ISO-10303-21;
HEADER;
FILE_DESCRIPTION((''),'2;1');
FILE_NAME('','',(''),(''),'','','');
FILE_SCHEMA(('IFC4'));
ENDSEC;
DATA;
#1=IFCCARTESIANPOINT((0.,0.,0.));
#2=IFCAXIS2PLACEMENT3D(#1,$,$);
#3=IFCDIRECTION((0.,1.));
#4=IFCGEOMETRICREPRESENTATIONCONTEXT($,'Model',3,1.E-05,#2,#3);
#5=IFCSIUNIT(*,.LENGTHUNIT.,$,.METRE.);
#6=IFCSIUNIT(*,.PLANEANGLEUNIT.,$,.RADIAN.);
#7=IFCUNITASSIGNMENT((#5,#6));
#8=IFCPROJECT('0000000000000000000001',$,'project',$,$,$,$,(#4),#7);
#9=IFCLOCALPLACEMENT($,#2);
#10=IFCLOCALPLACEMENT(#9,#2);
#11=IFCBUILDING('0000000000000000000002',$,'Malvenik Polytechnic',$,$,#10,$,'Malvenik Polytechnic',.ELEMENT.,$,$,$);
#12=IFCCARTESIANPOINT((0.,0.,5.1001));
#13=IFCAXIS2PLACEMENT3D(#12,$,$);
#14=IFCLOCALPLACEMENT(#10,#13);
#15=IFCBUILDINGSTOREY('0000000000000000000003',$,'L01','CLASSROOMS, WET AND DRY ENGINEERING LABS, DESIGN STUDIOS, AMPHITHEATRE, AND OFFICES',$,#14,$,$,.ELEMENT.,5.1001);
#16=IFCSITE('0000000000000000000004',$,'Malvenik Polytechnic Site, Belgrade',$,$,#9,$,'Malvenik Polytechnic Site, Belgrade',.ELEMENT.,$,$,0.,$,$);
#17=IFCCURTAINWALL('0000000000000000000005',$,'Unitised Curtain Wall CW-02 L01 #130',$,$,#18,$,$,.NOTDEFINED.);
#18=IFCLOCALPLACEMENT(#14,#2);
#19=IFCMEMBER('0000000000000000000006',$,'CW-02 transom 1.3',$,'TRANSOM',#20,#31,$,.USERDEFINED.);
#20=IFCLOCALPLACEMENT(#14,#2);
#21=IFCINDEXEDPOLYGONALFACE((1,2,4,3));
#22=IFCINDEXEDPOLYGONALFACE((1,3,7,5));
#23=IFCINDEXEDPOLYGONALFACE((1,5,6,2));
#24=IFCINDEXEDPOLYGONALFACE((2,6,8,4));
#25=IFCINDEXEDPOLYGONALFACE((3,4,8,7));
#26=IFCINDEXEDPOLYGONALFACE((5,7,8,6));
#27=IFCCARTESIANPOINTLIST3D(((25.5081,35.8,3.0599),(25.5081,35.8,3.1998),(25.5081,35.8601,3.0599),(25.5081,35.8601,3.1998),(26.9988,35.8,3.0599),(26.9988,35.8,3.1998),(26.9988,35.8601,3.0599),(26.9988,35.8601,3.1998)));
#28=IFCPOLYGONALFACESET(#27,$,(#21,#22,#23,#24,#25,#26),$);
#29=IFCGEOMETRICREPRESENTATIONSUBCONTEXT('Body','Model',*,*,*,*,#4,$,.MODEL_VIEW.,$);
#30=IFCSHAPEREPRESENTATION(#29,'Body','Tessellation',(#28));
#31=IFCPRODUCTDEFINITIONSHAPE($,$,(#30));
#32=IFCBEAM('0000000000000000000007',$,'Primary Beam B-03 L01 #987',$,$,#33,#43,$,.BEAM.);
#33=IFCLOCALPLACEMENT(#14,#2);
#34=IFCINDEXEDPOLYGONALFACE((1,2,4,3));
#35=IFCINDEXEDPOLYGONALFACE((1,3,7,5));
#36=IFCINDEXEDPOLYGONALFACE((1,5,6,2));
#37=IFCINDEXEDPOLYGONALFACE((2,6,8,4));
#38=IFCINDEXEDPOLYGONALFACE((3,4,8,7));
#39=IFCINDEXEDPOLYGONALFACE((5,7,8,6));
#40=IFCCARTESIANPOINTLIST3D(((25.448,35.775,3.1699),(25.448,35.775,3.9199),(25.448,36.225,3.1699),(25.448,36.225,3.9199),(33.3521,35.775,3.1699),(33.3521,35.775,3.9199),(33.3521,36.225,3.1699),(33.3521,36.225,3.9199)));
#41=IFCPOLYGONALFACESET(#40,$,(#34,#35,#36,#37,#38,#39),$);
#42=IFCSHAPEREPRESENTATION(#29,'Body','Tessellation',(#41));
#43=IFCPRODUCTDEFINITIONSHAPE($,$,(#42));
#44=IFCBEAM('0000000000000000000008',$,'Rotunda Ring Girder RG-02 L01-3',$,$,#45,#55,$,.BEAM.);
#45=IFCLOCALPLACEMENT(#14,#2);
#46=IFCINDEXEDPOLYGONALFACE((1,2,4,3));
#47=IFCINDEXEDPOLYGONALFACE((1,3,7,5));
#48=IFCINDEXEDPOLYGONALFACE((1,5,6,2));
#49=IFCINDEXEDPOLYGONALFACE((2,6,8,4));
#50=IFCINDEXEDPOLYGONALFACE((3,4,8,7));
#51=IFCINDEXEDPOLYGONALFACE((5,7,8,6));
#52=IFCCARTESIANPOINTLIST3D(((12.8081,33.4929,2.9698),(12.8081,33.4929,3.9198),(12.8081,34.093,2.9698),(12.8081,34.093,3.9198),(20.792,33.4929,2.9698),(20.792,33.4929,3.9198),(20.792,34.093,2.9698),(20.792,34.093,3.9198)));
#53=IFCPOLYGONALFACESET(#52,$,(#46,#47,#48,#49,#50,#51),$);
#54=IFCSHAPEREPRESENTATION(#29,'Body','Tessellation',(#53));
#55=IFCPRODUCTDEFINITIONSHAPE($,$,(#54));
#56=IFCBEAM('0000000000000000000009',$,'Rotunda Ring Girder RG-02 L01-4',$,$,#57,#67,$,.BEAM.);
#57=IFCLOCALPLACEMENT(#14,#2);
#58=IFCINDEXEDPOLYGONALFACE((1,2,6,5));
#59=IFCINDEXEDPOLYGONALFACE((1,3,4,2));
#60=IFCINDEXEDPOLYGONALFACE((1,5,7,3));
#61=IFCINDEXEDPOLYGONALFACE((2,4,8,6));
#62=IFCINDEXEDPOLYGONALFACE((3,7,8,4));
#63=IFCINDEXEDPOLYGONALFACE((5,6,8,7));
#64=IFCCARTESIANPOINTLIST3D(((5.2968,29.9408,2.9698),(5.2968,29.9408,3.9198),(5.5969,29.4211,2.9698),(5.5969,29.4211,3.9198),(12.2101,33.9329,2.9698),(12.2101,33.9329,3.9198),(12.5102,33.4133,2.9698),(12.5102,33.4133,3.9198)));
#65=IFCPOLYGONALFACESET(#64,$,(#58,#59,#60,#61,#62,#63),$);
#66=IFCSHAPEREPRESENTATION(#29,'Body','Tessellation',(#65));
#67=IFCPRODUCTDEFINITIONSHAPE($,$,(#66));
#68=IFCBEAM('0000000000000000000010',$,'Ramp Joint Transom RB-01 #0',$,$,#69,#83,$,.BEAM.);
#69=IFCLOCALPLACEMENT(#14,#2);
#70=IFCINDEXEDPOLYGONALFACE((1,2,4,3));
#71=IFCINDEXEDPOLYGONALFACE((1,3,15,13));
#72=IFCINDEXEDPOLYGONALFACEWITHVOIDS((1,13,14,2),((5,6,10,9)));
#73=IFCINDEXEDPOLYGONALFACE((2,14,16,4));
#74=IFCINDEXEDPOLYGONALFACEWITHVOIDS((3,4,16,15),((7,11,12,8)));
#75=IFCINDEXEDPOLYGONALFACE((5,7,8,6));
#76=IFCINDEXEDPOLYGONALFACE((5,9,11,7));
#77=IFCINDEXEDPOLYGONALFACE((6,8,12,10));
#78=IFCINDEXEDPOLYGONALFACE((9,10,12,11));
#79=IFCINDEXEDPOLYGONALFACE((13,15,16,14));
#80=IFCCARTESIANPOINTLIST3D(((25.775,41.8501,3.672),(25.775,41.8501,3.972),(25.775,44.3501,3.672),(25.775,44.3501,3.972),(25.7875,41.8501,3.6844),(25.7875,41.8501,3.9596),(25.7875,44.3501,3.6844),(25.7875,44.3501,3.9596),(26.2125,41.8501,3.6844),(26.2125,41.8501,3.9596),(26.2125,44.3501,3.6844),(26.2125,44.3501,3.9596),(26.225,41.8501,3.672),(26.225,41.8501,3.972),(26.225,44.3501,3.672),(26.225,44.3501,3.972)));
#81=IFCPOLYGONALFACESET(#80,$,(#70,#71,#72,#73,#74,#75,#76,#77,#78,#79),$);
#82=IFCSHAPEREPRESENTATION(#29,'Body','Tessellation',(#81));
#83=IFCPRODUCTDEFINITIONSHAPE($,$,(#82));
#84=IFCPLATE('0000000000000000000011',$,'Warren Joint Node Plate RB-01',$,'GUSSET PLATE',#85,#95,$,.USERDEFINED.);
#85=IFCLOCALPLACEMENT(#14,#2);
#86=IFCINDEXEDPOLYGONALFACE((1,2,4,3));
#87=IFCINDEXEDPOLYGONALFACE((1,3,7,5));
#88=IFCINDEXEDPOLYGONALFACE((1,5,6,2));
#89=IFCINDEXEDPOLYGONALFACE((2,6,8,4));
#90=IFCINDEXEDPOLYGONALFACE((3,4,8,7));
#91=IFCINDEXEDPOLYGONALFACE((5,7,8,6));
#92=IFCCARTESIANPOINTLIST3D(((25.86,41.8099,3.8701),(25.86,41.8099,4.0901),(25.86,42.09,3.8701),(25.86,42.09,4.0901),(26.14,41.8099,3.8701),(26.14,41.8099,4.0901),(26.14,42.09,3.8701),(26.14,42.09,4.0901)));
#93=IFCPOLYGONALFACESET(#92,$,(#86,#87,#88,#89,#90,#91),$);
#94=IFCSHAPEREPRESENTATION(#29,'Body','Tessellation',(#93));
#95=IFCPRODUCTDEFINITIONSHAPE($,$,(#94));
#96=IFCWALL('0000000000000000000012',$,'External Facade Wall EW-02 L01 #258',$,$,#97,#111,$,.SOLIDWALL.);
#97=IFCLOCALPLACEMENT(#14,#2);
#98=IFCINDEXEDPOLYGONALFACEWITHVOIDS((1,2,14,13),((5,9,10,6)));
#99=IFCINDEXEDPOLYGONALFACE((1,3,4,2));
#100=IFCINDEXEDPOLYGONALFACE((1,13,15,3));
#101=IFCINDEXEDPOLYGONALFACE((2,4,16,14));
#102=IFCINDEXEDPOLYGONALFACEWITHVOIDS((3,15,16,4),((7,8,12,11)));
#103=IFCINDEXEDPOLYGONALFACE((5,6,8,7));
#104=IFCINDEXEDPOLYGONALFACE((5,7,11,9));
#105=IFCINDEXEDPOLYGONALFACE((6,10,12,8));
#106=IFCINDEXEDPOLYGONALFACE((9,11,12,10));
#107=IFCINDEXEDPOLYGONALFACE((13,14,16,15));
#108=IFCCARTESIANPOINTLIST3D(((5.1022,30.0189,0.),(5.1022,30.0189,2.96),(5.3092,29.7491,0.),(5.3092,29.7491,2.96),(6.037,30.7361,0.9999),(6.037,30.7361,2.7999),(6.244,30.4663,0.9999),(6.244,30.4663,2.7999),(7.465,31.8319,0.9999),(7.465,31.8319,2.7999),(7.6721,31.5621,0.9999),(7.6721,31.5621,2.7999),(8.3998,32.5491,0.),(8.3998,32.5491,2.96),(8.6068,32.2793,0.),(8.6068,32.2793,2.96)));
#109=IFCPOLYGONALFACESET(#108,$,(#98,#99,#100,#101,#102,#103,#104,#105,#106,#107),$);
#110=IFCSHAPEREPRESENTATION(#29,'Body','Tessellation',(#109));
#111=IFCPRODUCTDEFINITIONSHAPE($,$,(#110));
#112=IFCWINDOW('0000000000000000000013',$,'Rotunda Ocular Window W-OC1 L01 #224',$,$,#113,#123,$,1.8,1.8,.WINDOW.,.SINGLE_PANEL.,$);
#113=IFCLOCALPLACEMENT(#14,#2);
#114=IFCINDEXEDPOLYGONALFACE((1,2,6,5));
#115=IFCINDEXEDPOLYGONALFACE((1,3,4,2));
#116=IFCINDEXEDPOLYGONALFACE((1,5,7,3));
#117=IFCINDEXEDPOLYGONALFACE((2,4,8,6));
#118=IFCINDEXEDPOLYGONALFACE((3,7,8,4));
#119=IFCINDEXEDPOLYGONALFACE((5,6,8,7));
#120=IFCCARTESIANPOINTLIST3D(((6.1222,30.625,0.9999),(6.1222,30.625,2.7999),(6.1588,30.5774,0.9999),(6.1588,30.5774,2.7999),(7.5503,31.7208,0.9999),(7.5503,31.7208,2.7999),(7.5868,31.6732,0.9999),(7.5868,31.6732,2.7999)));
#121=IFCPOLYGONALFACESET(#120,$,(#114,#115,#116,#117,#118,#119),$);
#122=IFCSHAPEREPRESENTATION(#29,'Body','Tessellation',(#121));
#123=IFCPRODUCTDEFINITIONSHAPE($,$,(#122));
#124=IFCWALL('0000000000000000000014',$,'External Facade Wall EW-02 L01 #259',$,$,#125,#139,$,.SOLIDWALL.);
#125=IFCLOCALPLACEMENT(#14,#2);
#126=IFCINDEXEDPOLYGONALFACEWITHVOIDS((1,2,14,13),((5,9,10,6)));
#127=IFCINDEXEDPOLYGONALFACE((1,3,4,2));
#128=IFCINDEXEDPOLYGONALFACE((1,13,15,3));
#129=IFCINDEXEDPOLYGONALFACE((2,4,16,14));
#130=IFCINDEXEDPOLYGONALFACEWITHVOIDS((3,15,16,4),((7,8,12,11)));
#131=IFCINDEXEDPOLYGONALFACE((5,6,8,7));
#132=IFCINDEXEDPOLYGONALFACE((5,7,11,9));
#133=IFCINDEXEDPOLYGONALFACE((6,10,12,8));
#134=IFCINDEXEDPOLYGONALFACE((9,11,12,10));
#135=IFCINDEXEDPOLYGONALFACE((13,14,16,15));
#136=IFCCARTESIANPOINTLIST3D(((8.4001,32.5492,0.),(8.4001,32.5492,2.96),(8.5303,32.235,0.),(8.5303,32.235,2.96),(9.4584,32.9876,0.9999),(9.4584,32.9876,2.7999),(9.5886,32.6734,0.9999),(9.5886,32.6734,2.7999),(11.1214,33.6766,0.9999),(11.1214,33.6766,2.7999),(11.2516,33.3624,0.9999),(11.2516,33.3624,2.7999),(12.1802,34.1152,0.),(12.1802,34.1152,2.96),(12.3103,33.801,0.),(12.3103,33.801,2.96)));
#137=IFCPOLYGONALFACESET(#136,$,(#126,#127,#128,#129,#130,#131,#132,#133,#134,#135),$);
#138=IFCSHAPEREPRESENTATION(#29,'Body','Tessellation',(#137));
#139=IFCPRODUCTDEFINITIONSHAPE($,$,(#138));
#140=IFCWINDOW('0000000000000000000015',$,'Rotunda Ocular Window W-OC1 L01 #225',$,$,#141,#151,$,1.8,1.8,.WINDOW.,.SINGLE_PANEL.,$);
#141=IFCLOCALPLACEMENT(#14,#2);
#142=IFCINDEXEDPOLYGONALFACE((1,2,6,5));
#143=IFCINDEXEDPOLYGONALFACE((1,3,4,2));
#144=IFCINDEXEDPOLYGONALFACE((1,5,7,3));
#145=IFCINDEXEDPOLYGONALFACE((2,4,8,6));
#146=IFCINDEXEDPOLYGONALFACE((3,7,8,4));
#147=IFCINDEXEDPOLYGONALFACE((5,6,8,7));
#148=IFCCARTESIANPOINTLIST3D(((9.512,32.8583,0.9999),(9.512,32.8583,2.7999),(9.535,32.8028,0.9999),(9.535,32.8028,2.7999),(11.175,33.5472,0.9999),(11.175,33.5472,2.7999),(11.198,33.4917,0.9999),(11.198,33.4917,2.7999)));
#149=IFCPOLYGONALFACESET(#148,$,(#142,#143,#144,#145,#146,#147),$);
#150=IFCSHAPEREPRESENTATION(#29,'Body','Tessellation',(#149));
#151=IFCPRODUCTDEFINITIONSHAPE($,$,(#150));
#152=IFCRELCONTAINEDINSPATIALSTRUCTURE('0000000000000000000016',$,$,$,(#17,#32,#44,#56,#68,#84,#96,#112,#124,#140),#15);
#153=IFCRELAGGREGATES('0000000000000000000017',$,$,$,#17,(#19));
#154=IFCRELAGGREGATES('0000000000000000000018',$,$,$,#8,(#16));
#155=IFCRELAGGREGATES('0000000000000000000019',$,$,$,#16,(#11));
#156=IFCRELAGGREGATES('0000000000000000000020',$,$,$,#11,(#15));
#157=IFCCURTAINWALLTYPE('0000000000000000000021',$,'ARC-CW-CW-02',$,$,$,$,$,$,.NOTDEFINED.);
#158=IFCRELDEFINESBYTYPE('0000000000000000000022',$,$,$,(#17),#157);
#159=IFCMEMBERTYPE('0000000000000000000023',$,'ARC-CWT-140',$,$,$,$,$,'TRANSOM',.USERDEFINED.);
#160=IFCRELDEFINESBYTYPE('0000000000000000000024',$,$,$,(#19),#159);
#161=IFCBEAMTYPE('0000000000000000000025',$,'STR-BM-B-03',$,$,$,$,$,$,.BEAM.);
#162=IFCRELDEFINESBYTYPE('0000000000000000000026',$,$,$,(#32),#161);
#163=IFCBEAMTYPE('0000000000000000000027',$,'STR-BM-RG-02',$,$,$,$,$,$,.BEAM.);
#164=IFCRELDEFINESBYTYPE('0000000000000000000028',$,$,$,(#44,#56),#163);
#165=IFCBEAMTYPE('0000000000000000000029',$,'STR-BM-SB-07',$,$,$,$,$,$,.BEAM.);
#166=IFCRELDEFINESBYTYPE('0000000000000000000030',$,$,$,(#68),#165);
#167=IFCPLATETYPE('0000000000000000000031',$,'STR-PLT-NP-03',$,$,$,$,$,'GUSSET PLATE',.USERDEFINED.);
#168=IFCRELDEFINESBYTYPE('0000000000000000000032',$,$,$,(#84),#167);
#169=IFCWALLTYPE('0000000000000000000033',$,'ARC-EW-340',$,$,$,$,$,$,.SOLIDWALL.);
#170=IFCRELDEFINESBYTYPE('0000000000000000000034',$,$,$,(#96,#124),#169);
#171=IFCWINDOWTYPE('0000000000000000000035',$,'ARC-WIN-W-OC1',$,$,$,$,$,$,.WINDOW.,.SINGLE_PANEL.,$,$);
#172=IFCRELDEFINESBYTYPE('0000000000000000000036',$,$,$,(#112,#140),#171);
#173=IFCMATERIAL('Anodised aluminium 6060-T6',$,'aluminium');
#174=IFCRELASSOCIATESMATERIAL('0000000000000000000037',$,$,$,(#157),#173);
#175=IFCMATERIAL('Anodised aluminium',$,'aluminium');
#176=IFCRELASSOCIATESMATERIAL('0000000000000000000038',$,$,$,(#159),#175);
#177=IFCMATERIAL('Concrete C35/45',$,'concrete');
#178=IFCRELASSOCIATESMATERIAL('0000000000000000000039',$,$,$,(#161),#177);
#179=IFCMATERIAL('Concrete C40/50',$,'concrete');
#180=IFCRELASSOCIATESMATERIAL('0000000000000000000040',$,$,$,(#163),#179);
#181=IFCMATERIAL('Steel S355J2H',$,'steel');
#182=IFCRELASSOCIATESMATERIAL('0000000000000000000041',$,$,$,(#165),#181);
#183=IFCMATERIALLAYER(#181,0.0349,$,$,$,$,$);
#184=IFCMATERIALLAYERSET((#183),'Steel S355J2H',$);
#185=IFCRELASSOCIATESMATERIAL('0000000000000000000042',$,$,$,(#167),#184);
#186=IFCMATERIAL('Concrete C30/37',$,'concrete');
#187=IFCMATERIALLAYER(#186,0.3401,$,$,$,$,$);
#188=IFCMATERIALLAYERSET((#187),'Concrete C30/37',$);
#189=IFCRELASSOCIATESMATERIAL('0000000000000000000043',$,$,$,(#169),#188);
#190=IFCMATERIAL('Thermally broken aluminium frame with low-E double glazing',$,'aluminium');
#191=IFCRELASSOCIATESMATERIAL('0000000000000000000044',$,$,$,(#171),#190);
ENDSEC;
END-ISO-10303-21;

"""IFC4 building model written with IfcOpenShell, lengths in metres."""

from ifc_helpers import new_model, si_unit, direction, frame, frame_2d, origin, origin_2d, place, context, subcontext, project, spatial, rectangle, hollow_rectangle, extrude, material, layer, layer_set, material_profile, profile_set, type_object, element, fill, aggregate, save


model = new_model("IFC4")

# Units and contexts
model_context = context("Model", 3, precision=1e-05, world=origin(), true_north=direction((0.0, 1.0)))
body_context = subcontext(model_context, "Body", "Model", "MODEL_VIEW")
ifc_project = project(units=[si_unit("LENGTHUNIT", "METRE"), si_unit("PLANEANGLEUNIT", "RADIAN")], contexts=[model_context])

# Site, building, storey
site_placement = place(None, origin())
site = spatial("IfcSite", under=ifc_project, at=site_placement, Name="Malvenik Polytechnic Site, Belgrade", LongName="Malvenik Polytechnic Site, Belgrade", CompositionType="ELEMENT", RefElevation=0.0)
building_placement = place(site_placement, origin())
building = spatial("IfcBuilding", under=site, at=building_placement, Name="Malvenik Polytechnic", LongName="Malvenik Polytechnic", CompositionType="ELEMENT")
storey_placement = place(building_placement, frame((0.0, 0.0, 5.1001)))
storey = spatial("IfcBuildingStorey", under=building, at=storey_placement, Name="L01", Description="CLASSROOMS, WET AND DRY ENGINEERING LABS, DESIGN STUDIOS, AMPHITHEATRE, AND OFFICES", CompositionType="ELEMENT", Elevation=5.1001)

# Shared definitions
ifc_material_1 = material(Name="Concrete C35/45", Category="concrete")
ifc_material_2 = material(Name="Steel S355J2H", Category="steel")

# Curtain wall, member
ifc_material_3 = material(Name="Anodised aluminium 6060-T6", Category="aluminium")
curtain_wall_type = type_object("IfcCurtainWallType", Name="ARC-CW-CW-02", PredefinedType="NOTDEFINED", material=ifc_material_3)
curtain_wall_placement = place(storey_placement, origin())
curtain_wall = element("IfcCurtainWall", 1, at=curtain_wall_placement, inside=storey, type_object=curtain_wall_type, Name="Unitised Curtain Wall CW-02 L01 #130", PredefinedType="NOTDEFINED")
ifc_material_4 = material(Name="Anodised aluminium", Category="aluminium")
ifc_material_profile_1 = material_profile(ifc_material_4, rectangle(XDim=0.0601, YDim=0.1399, at=origin_2d()), Name="ALU TRANSOM 60x140")
ifc_profile_set_1 = profile_set([ifc_material_profile_1], Name="Anodised aluminium")
member_type_1 = type_object("IfcMemberType", Name="ARC-CWT-140", ElementType="TRANSOM", PredefinedType="USERDEFINED", material=ifc_profile_set_1)
member_1_placement = place(storey_placement, frame((25.5081, 35.8301, 3.1299), z_axis=(1.0, 0.0, 0.0), x_axis=(0.0, 1.0, 0.0)))
member_1 = element("IfcMember", 2, at=member_1_placement, type_object=member_type_1, Name="CW-02 transom 1.3", ObjectType="TRANSOM", PredefinedType="USERDEFINED", context=body_context, shape_type="SweptSolid", body=[
    extrude(rectangle(XDim=0.0601, YDim=0.1399, at=origin_2d()), origin(), (0.0, 0.0, 1.0), 1.4907),
])
aggregate(curtain_wall, [member_1])

# Beams
ifc_material_profile_2 = material_profile(ifc_material_1, rectangle(XDim=0.45, YDim=0.75, at=origin_2d()), Name="RC BM 450x750")
ifc_profile_set_2 = profile_set([ifc_material_profile_2], Name="Concrete C35/45")
beam_type_1 = type_object("IfcBeamType", Name="STR-BM-B-03", PredefinedType="BEAM", material=ifc_profile_set_2)
beam_1_placement = place(storey_placement, frame((25.448, 36.0, 3.5449), z_axis=(1.0, 0.0, 0.0), x_axis=(0.0, 1.0, 0.0)))
element("IfcBeam", 3, at=beam_1_placement, inside=storey, type_object=beam_type_1, Name="Primary Beam B-03 L01 #987", PredefinedType="BEAM", context=body_context, shape_type="SweptSolid", body=[
    extrude(rectangle(XDim=0.45, YDim=0.75, at=origin_2d()), origin(), (0.0, 0.0, 1.0), 7.9041),
])
ifc_material_5 = material(Name="Concrete C40/50", Category="concrete")
ifc_material_profile_3 = material_profile(ifc_material_5, rectangle(XDim=0.6001, YDim=0.95, at=origin_2d()), Name="RC RG 600x950")
ifc_profile_set_3 = profile_set([ifc_material_profile_3], Name="Concrete C40/50")
beam_type_2 = type_object("IfcBeamType", Name="STR-BM-RG-02", PredefinedType="BEAM", material=ifc_profile_set_3)
beam_2_placement = place(storey_placement, frame((20.792, 33.793, 3.4448), z_axis=(-1.0, 0.0, 0.0), x_axis=(0.0, -1.0, 0.0)))
element("IfcBeam", 4, at=beam_2_placement, inside=storey, type_object=beam_type_2, Name="Rotunda Ring Girder RG-02 L01-3", PredefinedType="BEAM", context=body_context, shape_type="SweptSolid", body=[
    extrude(rectangle(XDim=0.6001, YDim=0.95, at=origin_2d()), origin(), (0.0, 0.0, 1.0), 7.9839),
])
beam_3_placement = place(storey_placement, frame((12.3601, 33.6731, 3.4448), z_axis=(-0.865983, -0.500073, 0.0), x_axis=(0.500073, -0.865983, 0.0)))
element("IfcBeam", 5, at=beam_3_placement, inside=storey, type_object=beam_type_2, Name="Rotunda Ring Girder RG-02 L01-4", PredefinedType="BEAM", context=body_context, shape_type="SweptSolid", body=[
    extrude(rectangle(XDim=0.6001, YDim=0.95, at=origin_2d()), origin(), (0.0, 0.0, 1.0), 7.9832),
])
ifc_material_profile_4 = material_profile(ifc_material_2, hollow_rectangle(XDim=0.45, YDim=0.3, WallThickness=0.0125, at=origin_2d()), Name="RHS 450x300x12.5")
ifc_profile_set_4 = profile_set([ifc_material_profile_4], Name="Steel S355J2H")
beam_type_3 = type_object("IfcBeamType", Name="STR-BM-SB-07", PredefinedType="BEAM", material=ifc_profile_set_4)
beam_4_placement = place(storey_placement, frame((26.0, 41.8501, 3.822), z_axis=(0.0, 1.0, 0.0), x_axis=(-1.0, 0.0, 0.0)))
element("IfcBeam", 6, at=beam_4_placement, inside=storey, type_object=beam_type_3, Name="Ramp Joint Transom RB-01 #0", PredefinedType="BEAM", context=body_context, shape_type="SweptSolid", body=[
    extrude(hollow_rectangle(XDim=0.45, YDim=0.3, WallThickness=0.0125, at=origin_2d()), origin(), (0.0, 0.0, 1.0), 2.5),
])

# Plate
ifc_layer_1 = layer(ifc_material_2, 0.0349)
ifc_layer_set_1 = layer_set([ifc_layer_1], Name="Steel S355J2H")
plate_type = type_object("IfcPlateType", Name="STR-PLT-NP-03", ElementType="GUSSET PLATE", PredefinedType="USERDEFINED", material=ifc_layer_set_1)
plate_placement = place(storey_placement, frame((26.0, 41.95, 3.8701), z_axis=(0.0, 0.0, 1.0), x_axis=(1.0, 0.0, 0.0)))
element("IfcPlate", 7, at=plate_placement, inside=storey, type_object=plate_type, Name="Warren Joint Node Plate RB-01", ObjectType="GUSSET PLATE", PredefinedType="USERDEFINED", context=body_context, shape_type="SweptSolid", body=[
    extrude(rectangle(XDim=0.28, YDim=0.28, at=origin_2d()), origin(), (0.0, 0.0, 1.0), 0.22),
])

# Walls, openings, windows
ifc_material_6 = material(Name="Concrete C30/37", Category="concrete")
ifc_layer_2 = layer(ifc_material_6, 0.3401)
ifc_layer_set_2 = layer_set([ifc_layer_2], Name="Concrete C30/37")
wall_type = type_object("IfcWallType", Name="ARC-EW-340", PredefinedType="SOLIDWALL", material=ifc_layer_set_2)
wall_1_placement = place(storey_placement, frame((5.2058, 29.884, 0.0), z_axis=(0.0, 0.0, 1.0), x_axis=(0.793361, 0.608751, 0.0)))
wall_1 = element("IfcWall", 8, at=wall_1_placement, inside=storey, type_object=wall_type, Name="External Facade Wall EW-02 L01 #258", PredefinedType="SOLIDWALL", context=body_context, shape_type="SweptSolid", body=[
    extrude(rectangle(XDim=4.1565, YDim=0.3401, at=frame_2d((2.0781, 0.0))), origin(), (0.0, 0.0, 1.0), 2.96),
])
opening_1_placement = place(wall_1_placement, frame((1.1782, 0.0, 1.0)))
opening_1 = element("IfcOpeningElement", 9, at=opening_1_placement, cuts=wall_1, PredefinedType="OPENING", context=body_context, shape_type="SweptSolid", body=[
    extrude(rectangle(XDim=1.8, YDim=1.8, at=frame_2d((0.8999, 0.8999))), frame((0.0, 0.1802, 0.0), z_axis=(0.0, -1.0, 0.0), x_axis=(1.0, 0.0, 0.0)), (0.0, 0.0, 1.0), 0.3601),
])
ifc_material_7 = material(Name="Thermally broken aluminium frame with low-E double glazing", Category="aluminium")
window_type = type_object("IfcWindowType", Name="ARC-WIN-W-OC1", PartitioningType="SINGLE_PANEL", PredefinedType="WINDOW", material=ifc_material_7)
window_1_placement = place(opening_1_placement, origin())
window_1 = element("IfcWindow", 10, at=window_1_placement, inside=storey, type_object=window_type, Name="Rotunda Ocular Window W-OC1 L01 #224", OverallHeight=1.8, OverallWidth=1.8, PartitioningType="SINGLE_PANEL", PredefinedType="WINDOW", context=body_context, shape_type="SweptSolid", body=[
    extrude(rectangle(XDim=1.8, YDim=1.8, at=frame_2d((0.8999, 0.8999))), frame((0.0, 0.03, 0.0), z_axis=(0.0, -1.0, 0.0), x_axis=(1.0, 0.0, 0.0)), (0.0, 0.0, 1.0), 0.0601),
])
fill(opening_1, window_1)
wall_2_placement = place(storey_placement, frame((8.4651, 32.3921, 0.0), z_axis=(0.0, 0.0, 1.0), x_axis=(0.923864, 0.382721, 0.0)))
wall_2 = element("IfcWall", 11, at=wall_2_placement, inside=storey, type_object=wall_type, Name="External Facade Wall EW-02 L01 #259", PredefinedType="SOLIDWALL", context=body_context, shape_type="SweptSolid", body=[
    extrude(rectangle(XDim=4.0916, YDim=0.3401, at=frame_2d((2.0459, 0.0))), origin(), (0.0, 0.0, 1.0), 2.96),
])
opening_2_placement = place(wall_2_placement, frame((1.1458, 0.0, 1.0)))
opening_2 = element("IfcOpeningElement", 12, at=opening_2_placement, cuts=wall_2, PredefinedType="OPENING", context=body_context, shape_type="SweptSolid", body=[
    extrude(rectangle(XDim=1.8, YDim=1.8, at=frame_2d((0.8999, 0.8999))), frame((0.0, 0.1802, 0.0), z_axis=(0.0, -1.0, 0.0), x_axis=(1.0, 0.0, 0.0)), (0.0, 0.0, 1.0), 0.3601),
])
window_2_placement = place(opening_2_placement, origin())
window_2 = element("IfcWindow", 13, at=window_2_placement, inside=storey, type_object=window_type, Name="Rotunda Ocular Window W-OC1 L01 #225", OverallHeight=1.8, OverallWidth=1.8, PartitioningType="SINGLE_PANEL", PredefinedType="WINDOW", context=body_context, shape_type="SweptSolid", body=[
    extrude(rectangle(XDim=1.8, YDim=1.8, at=frame_2d((0.8999, 0.8999))), frame((0.0, 0.03, 0.0), z_axis=(0.0, -1.0, 0.0), x_axis=(1.0, 0.0, 0.0)), (0.0, 0.0, 1.0), 0.0601),
])
fill(opening_2, window_2)

save(model, "model.ifc")
